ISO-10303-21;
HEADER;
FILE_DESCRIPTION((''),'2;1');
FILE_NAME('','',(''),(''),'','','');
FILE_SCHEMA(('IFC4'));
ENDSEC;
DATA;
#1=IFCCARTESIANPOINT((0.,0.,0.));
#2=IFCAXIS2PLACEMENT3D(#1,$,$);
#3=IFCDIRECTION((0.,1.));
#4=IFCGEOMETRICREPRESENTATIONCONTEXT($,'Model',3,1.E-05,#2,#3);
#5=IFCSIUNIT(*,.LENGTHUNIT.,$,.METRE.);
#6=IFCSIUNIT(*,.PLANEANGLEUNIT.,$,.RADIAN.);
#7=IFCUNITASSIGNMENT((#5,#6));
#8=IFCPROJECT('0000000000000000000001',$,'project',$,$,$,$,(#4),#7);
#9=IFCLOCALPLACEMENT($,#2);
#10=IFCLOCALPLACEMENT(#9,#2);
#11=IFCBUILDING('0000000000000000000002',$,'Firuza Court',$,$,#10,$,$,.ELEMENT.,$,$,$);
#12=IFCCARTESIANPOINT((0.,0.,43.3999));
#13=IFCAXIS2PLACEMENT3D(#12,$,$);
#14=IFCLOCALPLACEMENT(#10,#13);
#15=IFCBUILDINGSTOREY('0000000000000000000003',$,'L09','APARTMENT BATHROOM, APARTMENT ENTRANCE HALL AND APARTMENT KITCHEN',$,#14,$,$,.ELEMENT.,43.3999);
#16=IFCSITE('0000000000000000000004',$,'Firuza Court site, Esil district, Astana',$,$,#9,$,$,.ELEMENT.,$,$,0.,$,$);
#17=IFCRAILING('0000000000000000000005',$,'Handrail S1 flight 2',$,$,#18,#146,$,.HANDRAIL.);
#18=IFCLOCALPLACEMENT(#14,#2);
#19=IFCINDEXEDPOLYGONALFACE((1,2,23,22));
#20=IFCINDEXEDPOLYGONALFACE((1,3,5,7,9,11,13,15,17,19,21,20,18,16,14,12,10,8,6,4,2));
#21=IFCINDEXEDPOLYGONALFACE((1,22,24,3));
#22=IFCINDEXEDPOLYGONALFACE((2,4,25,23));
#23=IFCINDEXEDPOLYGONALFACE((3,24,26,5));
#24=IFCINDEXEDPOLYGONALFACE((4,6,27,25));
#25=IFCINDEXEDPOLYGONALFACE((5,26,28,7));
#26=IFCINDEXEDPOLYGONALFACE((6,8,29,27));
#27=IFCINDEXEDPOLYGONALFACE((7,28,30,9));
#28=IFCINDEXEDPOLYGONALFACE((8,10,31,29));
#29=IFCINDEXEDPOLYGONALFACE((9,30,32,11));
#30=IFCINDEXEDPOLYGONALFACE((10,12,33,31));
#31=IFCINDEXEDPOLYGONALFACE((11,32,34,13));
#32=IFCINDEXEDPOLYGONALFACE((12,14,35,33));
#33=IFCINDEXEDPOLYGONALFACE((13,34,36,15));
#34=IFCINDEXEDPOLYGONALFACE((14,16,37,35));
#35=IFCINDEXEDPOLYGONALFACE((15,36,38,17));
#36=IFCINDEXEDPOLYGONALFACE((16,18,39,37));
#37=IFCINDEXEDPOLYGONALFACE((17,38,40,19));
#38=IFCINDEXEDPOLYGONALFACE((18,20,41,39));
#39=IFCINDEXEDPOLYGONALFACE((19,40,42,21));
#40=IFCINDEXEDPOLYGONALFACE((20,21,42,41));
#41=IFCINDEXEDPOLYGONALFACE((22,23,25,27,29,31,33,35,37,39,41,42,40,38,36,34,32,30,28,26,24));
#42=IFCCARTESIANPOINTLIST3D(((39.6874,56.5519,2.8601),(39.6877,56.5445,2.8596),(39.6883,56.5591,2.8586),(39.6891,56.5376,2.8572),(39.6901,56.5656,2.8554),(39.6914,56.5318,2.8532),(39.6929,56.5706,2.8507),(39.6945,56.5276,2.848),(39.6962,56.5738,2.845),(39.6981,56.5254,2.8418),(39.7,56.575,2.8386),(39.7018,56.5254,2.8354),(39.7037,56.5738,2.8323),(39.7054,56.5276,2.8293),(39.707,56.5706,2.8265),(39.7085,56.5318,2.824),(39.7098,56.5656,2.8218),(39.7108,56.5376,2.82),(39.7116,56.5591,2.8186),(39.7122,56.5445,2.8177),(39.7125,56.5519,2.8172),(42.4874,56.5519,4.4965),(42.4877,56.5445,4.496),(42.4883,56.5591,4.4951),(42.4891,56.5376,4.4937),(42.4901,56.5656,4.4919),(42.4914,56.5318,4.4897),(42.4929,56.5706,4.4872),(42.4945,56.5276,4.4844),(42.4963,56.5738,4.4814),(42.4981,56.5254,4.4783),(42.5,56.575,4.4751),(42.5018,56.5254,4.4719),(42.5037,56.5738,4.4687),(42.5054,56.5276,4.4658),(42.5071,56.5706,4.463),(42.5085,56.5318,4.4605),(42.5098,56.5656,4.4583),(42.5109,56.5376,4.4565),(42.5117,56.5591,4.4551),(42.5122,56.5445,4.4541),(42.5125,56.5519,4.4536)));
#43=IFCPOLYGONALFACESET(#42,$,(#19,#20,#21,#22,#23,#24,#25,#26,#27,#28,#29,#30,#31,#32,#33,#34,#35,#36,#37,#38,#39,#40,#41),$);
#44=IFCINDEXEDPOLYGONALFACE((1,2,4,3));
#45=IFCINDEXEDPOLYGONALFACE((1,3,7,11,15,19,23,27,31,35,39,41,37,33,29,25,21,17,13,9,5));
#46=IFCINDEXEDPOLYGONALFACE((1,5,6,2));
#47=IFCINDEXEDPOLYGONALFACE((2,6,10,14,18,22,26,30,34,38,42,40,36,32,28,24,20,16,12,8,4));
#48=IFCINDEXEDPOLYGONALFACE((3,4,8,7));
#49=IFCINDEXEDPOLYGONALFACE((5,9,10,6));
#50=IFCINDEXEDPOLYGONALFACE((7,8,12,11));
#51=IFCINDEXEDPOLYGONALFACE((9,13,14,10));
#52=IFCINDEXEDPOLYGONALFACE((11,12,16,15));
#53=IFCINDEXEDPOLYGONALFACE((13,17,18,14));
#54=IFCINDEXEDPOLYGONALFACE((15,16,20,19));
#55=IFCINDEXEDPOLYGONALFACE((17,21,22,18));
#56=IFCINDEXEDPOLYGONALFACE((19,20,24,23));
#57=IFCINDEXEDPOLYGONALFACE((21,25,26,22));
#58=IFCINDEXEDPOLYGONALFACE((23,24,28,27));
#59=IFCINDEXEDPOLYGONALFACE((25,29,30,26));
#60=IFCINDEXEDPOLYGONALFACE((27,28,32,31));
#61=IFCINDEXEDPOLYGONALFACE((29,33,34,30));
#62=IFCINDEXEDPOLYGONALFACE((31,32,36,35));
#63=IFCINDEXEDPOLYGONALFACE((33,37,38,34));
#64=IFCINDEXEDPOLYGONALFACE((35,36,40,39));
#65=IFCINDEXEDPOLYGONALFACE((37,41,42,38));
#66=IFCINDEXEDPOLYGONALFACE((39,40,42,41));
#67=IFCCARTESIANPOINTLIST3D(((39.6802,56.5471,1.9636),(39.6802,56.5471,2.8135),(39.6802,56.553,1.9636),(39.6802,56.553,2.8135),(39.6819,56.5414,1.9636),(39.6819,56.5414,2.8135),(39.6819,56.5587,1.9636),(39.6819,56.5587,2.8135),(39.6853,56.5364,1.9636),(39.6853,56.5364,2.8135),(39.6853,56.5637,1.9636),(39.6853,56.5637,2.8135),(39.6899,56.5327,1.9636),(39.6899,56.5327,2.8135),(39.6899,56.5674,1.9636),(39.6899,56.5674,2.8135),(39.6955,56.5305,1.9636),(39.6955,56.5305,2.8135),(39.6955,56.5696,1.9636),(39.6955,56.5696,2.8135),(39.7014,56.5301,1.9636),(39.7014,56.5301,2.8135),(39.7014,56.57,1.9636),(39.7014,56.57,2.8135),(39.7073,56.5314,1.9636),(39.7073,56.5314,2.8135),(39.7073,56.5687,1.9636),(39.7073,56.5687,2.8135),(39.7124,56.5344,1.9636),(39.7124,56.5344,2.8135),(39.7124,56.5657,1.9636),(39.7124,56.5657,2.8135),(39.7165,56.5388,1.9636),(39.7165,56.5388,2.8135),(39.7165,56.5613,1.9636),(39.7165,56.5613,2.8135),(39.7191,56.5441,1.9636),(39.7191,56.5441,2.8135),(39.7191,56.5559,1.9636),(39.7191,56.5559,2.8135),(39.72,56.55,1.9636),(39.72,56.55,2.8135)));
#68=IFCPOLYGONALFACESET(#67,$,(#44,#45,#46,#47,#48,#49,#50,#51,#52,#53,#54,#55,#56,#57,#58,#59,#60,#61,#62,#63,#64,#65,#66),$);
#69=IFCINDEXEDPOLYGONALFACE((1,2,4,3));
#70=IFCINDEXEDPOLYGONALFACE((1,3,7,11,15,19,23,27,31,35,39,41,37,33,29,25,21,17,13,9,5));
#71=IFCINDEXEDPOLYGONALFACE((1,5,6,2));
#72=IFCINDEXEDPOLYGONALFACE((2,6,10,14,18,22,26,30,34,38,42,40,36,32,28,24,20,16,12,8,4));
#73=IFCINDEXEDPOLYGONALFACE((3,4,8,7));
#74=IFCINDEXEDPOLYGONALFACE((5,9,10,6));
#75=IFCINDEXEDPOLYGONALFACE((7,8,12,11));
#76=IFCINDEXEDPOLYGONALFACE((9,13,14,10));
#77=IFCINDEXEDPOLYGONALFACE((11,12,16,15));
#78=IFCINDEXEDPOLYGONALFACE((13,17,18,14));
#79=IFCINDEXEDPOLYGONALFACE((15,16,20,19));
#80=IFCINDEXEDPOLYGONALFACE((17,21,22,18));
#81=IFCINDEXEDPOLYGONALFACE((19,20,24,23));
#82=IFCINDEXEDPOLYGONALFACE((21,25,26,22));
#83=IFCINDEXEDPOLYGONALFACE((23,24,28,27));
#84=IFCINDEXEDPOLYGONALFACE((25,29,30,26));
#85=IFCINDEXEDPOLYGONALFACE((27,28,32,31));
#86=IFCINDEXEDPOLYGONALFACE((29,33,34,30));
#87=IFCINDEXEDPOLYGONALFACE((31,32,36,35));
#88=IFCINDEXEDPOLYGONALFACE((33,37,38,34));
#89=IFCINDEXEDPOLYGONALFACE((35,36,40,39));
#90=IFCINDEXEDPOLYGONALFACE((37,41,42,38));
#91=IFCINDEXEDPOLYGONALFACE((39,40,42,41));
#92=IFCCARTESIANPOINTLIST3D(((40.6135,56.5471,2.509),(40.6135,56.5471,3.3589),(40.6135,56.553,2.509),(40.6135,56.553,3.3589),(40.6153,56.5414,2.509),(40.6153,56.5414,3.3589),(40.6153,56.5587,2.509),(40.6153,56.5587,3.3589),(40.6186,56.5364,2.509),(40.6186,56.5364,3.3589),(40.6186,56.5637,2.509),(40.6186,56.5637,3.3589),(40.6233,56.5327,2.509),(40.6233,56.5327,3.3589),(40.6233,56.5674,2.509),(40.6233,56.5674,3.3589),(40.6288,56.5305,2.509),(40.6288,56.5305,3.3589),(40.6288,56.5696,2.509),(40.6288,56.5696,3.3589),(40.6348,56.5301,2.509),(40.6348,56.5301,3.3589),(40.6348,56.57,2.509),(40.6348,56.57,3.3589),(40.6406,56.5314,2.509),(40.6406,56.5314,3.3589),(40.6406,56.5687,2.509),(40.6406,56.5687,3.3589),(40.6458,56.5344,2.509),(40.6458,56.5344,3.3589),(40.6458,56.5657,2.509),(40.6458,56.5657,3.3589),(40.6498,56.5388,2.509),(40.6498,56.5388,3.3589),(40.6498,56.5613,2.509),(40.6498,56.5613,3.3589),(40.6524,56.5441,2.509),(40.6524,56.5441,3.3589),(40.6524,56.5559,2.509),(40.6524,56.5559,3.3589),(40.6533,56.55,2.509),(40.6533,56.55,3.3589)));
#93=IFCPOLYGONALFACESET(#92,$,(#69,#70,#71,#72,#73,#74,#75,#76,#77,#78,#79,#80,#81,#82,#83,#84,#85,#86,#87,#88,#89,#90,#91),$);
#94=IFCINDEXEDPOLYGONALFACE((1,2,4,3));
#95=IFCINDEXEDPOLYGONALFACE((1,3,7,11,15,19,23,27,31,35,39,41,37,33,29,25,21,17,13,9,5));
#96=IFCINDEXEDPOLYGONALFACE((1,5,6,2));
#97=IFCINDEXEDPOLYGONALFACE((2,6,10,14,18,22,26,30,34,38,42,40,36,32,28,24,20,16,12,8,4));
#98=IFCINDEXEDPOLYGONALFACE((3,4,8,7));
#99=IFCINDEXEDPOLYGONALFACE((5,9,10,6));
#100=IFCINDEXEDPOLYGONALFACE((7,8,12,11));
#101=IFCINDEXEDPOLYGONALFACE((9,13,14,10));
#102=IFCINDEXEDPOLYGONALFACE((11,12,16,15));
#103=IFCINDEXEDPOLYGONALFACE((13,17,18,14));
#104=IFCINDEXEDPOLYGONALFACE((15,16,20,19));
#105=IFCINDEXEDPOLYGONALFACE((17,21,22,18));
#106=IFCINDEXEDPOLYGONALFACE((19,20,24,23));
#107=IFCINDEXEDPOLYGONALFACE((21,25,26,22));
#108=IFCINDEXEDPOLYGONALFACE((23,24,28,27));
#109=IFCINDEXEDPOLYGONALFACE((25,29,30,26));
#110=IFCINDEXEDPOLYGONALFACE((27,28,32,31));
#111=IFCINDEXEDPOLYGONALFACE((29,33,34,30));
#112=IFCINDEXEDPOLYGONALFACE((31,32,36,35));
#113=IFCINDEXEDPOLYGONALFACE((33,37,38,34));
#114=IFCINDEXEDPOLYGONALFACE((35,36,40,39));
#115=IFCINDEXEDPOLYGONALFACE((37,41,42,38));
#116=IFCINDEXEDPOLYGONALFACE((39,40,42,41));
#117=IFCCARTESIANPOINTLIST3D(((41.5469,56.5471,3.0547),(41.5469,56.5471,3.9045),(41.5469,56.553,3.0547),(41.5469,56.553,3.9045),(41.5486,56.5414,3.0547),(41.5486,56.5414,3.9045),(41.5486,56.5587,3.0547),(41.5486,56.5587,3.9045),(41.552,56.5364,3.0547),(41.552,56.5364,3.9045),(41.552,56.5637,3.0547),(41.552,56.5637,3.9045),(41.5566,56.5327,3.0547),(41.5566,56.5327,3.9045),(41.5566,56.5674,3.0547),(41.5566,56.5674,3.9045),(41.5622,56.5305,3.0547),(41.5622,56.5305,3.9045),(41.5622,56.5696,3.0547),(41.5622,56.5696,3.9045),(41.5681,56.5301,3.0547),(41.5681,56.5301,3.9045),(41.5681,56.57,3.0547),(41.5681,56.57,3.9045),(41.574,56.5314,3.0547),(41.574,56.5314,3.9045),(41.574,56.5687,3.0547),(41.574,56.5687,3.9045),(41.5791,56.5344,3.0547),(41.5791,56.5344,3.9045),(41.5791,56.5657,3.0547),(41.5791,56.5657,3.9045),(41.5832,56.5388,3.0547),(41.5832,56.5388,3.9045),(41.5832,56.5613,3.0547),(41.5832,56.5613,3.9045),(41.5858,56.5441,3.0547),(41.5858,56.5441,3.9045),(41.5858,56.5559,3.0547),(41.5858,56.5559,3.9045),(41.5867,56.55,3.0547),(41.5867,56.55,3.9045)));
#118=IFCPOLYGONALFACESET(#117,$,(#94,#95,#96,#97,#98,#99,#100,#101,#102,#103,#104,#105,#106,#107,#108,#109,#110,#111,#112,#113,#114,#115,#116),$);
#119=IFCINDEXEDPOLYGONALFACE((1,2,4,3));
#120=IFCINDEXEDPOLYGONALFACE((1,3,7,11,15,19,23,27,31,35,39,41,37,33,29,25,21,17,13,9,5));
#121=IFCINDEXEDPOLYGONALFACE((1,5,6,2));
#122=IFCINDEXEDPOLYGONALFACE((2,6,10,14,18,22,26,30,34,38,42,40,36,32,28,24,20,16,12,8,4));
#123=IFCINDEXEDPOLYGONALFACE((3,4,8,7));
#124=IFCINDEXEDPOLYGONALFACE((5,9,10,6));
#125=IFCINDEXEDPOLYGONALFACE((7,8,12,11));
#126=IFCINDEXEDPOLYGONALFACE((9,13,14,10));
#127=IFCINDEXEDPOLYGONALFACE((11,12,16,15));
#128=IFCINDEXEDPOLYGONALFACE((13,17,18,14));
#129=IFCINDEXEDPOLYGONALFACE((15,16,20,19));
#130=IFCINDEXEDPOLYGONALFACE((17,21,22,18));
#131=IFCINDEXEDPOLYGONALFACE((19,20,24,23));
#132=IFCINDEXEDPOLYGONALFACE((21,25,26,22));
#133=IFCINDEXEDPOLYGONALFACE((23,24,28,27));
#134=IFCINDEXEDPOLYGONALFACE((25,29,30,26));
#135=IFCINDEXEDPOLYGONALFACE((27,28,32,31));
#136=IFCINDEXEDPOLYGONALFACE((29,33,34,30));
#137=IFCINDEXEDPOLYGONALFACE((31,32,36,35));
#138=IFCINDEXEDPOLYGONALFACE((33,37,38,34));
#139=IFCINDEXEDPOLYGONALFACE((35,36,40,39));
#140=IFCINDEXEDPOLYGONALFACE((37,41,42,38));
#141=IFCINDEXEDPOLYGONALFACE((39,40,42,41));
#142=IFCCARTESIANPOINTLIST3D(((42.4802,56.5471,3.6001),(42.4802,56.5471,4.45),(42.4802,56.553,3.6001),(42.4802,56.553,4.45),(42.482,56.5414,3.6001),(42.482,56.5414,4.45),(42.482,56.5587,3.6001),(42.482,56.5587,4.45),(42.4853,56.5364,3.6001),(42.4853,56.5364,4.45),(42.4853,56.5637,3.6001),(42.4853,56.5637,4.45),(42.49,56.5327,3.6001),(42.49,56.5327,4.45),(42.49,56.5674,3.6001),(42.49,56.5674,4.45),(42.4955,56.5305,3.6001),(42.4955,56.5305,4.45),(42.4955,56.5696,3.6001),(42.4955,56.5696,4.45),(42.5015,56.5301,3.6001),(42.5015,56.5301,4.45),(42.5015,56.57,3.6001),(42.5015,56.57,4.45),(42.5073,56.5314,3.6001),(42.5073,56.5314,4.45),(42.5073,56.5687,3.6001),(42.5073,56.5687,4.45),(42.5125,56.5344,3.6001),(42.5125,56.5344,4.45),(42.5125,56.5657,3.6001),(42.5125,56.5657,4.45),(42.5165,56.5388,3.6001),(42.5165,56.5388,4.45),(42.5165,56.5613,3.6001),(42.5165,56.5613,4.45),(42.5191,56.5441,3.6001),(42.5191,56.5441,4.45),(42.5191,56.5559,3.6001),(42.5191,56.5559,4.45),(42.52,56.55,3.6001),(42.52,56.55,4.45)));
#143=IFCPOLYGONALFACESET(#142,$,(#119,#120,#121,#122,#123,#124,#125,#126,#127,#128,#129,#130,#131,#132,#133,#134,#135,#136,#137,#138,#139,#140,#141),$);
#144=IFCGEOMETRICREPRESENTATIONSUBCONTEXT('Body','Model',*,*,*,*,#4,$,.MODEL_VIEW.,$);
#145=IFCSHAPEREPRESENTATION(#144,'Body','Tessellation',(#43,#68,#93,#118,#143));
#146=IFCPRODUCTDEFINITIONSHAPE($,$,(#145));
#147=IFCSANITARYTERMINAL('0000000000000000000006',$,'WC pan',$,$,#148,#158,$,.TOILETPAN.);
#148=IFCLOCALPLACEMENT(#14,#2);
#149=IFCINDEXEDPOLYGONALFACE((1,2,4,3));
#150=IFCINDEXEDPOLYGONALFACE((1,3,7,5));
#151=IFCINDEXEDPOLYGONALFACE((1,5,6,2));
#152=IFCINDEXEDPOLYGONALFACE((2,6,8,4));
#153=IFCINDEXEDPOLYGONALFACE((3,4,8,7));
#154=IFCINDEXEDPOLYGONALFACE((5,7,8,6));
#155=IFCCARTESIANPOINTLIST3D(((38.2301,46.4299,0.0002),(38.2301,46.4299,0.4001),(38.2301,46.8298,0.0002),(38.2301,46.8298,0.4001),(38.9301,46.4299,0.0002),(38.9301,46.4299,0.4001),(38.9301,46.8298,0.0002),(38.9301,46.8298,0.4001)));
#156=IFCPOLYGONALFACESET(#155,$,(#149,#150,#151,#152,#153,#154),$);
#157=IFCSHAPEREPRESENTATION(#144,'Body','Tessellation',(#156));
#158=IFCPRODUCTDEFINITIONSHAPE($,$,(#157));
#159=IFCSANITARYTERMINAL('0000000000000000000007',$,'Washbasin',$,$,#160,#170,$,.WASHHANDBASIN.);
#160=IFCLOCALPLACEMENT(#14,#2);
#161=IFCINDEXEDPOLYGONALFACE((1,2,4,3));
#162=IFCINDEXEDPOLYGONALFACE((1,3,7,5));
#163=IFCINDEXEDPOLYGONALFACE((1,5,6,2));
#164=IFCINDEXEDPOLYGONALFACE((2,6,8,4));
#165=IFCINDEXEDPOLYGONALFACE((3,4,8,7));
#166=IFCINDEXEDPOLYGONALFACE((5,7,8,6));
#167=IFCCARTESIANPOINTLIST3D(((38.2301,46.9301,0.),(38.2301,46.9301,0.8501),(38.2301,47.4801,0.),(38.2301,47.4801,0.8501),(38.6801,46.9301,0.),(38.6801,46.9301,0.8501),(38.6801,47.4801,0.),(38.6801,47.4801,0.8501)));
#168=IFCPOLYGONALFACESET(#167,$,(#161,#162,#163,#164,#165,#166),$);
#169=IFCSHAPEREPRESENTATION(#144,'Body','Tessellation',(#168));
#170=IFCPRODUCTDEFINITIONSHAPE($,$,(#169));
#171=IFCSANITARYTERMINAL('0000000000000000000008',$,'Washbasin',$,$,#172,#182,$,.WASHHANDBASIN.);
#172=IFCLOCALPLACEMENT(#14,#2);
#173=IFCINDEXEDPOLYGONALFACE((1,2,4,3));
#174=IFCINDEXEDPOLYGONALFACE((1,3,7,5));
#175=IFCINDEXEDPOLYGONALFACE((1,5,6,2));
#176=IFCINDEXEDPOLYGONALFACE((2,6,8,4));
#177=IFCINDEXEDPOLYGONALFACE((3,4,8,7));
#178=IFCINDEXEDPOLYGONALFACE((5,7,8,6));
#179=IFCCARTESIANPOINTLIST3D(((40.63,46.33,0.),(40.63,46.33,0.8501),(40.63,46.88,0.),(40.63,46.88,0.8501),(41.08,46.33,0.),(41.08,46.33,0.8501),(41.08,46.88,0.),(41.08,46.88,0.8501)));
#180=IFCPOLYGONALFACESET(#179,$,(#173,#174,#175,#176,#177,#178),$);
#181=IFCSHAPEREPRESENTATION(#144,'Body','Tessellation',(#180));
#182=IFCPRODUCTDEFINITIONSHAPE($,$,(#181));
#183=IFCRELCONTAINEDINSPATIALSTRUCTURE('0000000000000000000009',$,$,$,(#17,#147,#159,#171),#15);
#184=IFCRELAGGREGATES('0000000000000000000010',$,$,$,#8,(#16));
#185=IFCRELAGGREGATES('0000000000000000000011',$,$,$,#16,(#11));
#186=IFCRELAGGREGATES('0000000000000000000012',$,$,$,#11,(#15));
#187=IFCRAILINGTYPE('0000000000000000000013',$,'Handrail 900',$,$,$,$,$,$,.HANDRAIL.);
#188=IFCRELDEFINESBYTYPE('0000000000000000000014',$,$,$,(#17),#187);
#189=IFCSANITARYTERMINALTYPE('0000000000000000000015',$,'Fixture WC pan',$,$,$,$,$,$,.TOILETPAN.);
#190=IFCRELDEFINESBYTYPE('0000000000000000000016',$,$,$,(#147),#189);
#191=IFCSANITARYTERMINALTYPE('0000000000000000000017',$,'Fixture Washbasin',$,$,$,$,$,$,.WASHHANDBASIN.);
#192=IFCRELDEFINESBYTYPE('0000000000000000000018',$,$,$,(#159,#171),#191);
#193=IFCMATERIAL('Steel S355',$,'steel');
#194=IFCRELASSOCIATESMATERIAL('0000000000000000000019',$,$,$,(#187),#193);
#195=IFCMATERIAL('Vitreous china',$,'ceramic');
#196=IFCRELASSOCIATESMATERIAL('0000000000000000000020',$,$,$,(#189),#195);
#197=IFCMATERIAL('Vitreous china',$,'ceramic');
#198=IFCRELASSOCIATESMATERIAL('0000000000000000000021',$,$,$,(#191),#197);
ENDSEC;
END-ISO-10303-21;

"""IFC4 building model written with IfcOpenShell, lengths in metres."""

from ifc_helpers import new_model, si_unit, direction, frame, origin, origin_2d, place, context, subcontext, project, spatial, rectangle, circle, extrude, material, type_object, element, save


model = new_model("IFC4")

# Units and contexts
model_context = context("Model", 3, precision=1e-05, world=origin(), true_north=direction((0.0, 1.0)))
body_context = subcontext(model_context, "Body", "Model", "MODEL_VIEW")
ifc_project = project(units=[si_unit("LENGTHUNIT", "METRE"), si_unit("PLANEANGLEUNIT", "RADIAN")], contexts=[model_context])

# Site, building, storey
site_placement = place(None, origin())
site = spatial("IfcSite", under=ifc_project, at=site_placement, Name="Firuza Court site, Esil district, Astana", CompositionType="ELEMENT", RefElevation=0.0)
building_placement = place(site_placement, origin())
building = spatial("IfcBuilding", under=site, at=building_placement, Name="Firuza Court", CompositionType="ELEMENT")
storey_placement = place(building_placement, frame((0.0, 0.0, 43.3999)))
storey = spatial("IfcBuildingStorey", under=building, at=storey_placement, Name="L09", Description="APARTMENT BATHROOM, APARTMENT ENTRANCE HALL AND APARTMENT KITCHEN", CompositionType="ELEMENT", Elevation=43.3999)

# Railing
ifc_material_1 = material(Name="Steel S355", Category="steel")
railing_type_1 = type_object("IfcRailingType", Name="Handrail 900", PredefinedType="HANDRAIL", material=ifc_material_1)
railing_1_placement = place(storey_placement, frame((39.7, 56.55, 1.9636)))
element("IfcRailing", 1, at=railing_1_placement, inside=storey, type_object=railing_type_1, Name="Handrail S1 flight 2", PredefinedType="HANDRAIL", context=body_context, shape_type="SweptSolid", body=[
    extrude(circle(Radius=0.0249, at=origin_2d()), frame((0.0, 0.0, 0.875), z_axis=(0.863361, 0.0, 0.504587), x_axis=(0.0, 1.0, 0.0)), (0.0, 0.0, 1.0), 3.2432),
    extrude(circle(Radius=0.02, at=origin_2d()), origin(), (0.0, 0.0, 1.0), 0.8499),
    extrude(circle(Radius=0.02, at=origin_2d()), frame((0.9333, 0.0, 0.5454)), (0.0, 0.0, 1.0), 0.8499),
    extrude(circle(Radius=0.02, at=origin_2d()), frame((1.8667, 0.0, 1.0911)), (0.0, 0.0, 1.0), 0.8499),
    extrude(circle(Radius=0.02, at=origin_2d()), frame((2.8, 0.0, 1.6365)), (0.0, 0.0, 1.0), 0.8499),
])

# Sanitary terminals
ifc_material_2 = material(Name="Vitreous china", Category="ceramic")
sanitary_terminal_type_1 = type_object("IfcSanitaryTerminalType", Name="Fixture WC pan", PredefinedType="TOILETPAN", material=ifc_material_2)
sanitary_terminal_placement = place(storey_placement, frame((38.5801, 46.6299, 0.0002), z_axis=(0.0, 0.0, 1.0), x_axis=(1.0, 0.0, 0.0)))
element("IfcSanitaryTerminal", 2, at=sanitary_terminal_placement, inside=storey, type_object=sanitary_terminal_type_1, Name="WC pan", PredefinedType="TOILETPAN", context=body_context, shape_type="SweptSolid", body=[
    extrude(rectangle(XDim=0.7, YDim=0.3999, at=origin_2d()), origin(), (0.0, 0.0, 1.0), 0.3999),
])
ifc_material_3 = material(Name="Vitreous china", Category="ceramic")
sanitary_terminal_type_2 = type_object("IfcSanitaryTerminalType", Name="Fixture Washbasin", PredefinedType="WASHHANDBASIN", material=ifc_material_3)
for number, where, z_axis, x_axis, name in (
    (3, (38.4551, 47.2051, 0.0), (0.0, 0.0, 1.0), (1.0, 0.0, 0.0), "Washbasin"),
    (4, (40.855, 46.605, 0.0), (0.0, 0.0, 1.0), (1.0, 0.0, 0.0), "Washbasin"),
):
    element("IfcSanitaryTerminal", number, at=place(storey_placement, frame(where, z_axis=z_axis, x_axis=x_axis)), inside=storey, type_object=sanitary_terminal_type_2, Name=name, PredefinedType="WASHHANDBASIN", context=body_context, shape_type="SweptSolid", body=[
        extrude(rectangle(XDim=0.45, YDim=0.55, at=origin_2d()), origin(), (0.0, 0.0, 1.0), 0.8501),
    ])

save(model, "model.ifc")
